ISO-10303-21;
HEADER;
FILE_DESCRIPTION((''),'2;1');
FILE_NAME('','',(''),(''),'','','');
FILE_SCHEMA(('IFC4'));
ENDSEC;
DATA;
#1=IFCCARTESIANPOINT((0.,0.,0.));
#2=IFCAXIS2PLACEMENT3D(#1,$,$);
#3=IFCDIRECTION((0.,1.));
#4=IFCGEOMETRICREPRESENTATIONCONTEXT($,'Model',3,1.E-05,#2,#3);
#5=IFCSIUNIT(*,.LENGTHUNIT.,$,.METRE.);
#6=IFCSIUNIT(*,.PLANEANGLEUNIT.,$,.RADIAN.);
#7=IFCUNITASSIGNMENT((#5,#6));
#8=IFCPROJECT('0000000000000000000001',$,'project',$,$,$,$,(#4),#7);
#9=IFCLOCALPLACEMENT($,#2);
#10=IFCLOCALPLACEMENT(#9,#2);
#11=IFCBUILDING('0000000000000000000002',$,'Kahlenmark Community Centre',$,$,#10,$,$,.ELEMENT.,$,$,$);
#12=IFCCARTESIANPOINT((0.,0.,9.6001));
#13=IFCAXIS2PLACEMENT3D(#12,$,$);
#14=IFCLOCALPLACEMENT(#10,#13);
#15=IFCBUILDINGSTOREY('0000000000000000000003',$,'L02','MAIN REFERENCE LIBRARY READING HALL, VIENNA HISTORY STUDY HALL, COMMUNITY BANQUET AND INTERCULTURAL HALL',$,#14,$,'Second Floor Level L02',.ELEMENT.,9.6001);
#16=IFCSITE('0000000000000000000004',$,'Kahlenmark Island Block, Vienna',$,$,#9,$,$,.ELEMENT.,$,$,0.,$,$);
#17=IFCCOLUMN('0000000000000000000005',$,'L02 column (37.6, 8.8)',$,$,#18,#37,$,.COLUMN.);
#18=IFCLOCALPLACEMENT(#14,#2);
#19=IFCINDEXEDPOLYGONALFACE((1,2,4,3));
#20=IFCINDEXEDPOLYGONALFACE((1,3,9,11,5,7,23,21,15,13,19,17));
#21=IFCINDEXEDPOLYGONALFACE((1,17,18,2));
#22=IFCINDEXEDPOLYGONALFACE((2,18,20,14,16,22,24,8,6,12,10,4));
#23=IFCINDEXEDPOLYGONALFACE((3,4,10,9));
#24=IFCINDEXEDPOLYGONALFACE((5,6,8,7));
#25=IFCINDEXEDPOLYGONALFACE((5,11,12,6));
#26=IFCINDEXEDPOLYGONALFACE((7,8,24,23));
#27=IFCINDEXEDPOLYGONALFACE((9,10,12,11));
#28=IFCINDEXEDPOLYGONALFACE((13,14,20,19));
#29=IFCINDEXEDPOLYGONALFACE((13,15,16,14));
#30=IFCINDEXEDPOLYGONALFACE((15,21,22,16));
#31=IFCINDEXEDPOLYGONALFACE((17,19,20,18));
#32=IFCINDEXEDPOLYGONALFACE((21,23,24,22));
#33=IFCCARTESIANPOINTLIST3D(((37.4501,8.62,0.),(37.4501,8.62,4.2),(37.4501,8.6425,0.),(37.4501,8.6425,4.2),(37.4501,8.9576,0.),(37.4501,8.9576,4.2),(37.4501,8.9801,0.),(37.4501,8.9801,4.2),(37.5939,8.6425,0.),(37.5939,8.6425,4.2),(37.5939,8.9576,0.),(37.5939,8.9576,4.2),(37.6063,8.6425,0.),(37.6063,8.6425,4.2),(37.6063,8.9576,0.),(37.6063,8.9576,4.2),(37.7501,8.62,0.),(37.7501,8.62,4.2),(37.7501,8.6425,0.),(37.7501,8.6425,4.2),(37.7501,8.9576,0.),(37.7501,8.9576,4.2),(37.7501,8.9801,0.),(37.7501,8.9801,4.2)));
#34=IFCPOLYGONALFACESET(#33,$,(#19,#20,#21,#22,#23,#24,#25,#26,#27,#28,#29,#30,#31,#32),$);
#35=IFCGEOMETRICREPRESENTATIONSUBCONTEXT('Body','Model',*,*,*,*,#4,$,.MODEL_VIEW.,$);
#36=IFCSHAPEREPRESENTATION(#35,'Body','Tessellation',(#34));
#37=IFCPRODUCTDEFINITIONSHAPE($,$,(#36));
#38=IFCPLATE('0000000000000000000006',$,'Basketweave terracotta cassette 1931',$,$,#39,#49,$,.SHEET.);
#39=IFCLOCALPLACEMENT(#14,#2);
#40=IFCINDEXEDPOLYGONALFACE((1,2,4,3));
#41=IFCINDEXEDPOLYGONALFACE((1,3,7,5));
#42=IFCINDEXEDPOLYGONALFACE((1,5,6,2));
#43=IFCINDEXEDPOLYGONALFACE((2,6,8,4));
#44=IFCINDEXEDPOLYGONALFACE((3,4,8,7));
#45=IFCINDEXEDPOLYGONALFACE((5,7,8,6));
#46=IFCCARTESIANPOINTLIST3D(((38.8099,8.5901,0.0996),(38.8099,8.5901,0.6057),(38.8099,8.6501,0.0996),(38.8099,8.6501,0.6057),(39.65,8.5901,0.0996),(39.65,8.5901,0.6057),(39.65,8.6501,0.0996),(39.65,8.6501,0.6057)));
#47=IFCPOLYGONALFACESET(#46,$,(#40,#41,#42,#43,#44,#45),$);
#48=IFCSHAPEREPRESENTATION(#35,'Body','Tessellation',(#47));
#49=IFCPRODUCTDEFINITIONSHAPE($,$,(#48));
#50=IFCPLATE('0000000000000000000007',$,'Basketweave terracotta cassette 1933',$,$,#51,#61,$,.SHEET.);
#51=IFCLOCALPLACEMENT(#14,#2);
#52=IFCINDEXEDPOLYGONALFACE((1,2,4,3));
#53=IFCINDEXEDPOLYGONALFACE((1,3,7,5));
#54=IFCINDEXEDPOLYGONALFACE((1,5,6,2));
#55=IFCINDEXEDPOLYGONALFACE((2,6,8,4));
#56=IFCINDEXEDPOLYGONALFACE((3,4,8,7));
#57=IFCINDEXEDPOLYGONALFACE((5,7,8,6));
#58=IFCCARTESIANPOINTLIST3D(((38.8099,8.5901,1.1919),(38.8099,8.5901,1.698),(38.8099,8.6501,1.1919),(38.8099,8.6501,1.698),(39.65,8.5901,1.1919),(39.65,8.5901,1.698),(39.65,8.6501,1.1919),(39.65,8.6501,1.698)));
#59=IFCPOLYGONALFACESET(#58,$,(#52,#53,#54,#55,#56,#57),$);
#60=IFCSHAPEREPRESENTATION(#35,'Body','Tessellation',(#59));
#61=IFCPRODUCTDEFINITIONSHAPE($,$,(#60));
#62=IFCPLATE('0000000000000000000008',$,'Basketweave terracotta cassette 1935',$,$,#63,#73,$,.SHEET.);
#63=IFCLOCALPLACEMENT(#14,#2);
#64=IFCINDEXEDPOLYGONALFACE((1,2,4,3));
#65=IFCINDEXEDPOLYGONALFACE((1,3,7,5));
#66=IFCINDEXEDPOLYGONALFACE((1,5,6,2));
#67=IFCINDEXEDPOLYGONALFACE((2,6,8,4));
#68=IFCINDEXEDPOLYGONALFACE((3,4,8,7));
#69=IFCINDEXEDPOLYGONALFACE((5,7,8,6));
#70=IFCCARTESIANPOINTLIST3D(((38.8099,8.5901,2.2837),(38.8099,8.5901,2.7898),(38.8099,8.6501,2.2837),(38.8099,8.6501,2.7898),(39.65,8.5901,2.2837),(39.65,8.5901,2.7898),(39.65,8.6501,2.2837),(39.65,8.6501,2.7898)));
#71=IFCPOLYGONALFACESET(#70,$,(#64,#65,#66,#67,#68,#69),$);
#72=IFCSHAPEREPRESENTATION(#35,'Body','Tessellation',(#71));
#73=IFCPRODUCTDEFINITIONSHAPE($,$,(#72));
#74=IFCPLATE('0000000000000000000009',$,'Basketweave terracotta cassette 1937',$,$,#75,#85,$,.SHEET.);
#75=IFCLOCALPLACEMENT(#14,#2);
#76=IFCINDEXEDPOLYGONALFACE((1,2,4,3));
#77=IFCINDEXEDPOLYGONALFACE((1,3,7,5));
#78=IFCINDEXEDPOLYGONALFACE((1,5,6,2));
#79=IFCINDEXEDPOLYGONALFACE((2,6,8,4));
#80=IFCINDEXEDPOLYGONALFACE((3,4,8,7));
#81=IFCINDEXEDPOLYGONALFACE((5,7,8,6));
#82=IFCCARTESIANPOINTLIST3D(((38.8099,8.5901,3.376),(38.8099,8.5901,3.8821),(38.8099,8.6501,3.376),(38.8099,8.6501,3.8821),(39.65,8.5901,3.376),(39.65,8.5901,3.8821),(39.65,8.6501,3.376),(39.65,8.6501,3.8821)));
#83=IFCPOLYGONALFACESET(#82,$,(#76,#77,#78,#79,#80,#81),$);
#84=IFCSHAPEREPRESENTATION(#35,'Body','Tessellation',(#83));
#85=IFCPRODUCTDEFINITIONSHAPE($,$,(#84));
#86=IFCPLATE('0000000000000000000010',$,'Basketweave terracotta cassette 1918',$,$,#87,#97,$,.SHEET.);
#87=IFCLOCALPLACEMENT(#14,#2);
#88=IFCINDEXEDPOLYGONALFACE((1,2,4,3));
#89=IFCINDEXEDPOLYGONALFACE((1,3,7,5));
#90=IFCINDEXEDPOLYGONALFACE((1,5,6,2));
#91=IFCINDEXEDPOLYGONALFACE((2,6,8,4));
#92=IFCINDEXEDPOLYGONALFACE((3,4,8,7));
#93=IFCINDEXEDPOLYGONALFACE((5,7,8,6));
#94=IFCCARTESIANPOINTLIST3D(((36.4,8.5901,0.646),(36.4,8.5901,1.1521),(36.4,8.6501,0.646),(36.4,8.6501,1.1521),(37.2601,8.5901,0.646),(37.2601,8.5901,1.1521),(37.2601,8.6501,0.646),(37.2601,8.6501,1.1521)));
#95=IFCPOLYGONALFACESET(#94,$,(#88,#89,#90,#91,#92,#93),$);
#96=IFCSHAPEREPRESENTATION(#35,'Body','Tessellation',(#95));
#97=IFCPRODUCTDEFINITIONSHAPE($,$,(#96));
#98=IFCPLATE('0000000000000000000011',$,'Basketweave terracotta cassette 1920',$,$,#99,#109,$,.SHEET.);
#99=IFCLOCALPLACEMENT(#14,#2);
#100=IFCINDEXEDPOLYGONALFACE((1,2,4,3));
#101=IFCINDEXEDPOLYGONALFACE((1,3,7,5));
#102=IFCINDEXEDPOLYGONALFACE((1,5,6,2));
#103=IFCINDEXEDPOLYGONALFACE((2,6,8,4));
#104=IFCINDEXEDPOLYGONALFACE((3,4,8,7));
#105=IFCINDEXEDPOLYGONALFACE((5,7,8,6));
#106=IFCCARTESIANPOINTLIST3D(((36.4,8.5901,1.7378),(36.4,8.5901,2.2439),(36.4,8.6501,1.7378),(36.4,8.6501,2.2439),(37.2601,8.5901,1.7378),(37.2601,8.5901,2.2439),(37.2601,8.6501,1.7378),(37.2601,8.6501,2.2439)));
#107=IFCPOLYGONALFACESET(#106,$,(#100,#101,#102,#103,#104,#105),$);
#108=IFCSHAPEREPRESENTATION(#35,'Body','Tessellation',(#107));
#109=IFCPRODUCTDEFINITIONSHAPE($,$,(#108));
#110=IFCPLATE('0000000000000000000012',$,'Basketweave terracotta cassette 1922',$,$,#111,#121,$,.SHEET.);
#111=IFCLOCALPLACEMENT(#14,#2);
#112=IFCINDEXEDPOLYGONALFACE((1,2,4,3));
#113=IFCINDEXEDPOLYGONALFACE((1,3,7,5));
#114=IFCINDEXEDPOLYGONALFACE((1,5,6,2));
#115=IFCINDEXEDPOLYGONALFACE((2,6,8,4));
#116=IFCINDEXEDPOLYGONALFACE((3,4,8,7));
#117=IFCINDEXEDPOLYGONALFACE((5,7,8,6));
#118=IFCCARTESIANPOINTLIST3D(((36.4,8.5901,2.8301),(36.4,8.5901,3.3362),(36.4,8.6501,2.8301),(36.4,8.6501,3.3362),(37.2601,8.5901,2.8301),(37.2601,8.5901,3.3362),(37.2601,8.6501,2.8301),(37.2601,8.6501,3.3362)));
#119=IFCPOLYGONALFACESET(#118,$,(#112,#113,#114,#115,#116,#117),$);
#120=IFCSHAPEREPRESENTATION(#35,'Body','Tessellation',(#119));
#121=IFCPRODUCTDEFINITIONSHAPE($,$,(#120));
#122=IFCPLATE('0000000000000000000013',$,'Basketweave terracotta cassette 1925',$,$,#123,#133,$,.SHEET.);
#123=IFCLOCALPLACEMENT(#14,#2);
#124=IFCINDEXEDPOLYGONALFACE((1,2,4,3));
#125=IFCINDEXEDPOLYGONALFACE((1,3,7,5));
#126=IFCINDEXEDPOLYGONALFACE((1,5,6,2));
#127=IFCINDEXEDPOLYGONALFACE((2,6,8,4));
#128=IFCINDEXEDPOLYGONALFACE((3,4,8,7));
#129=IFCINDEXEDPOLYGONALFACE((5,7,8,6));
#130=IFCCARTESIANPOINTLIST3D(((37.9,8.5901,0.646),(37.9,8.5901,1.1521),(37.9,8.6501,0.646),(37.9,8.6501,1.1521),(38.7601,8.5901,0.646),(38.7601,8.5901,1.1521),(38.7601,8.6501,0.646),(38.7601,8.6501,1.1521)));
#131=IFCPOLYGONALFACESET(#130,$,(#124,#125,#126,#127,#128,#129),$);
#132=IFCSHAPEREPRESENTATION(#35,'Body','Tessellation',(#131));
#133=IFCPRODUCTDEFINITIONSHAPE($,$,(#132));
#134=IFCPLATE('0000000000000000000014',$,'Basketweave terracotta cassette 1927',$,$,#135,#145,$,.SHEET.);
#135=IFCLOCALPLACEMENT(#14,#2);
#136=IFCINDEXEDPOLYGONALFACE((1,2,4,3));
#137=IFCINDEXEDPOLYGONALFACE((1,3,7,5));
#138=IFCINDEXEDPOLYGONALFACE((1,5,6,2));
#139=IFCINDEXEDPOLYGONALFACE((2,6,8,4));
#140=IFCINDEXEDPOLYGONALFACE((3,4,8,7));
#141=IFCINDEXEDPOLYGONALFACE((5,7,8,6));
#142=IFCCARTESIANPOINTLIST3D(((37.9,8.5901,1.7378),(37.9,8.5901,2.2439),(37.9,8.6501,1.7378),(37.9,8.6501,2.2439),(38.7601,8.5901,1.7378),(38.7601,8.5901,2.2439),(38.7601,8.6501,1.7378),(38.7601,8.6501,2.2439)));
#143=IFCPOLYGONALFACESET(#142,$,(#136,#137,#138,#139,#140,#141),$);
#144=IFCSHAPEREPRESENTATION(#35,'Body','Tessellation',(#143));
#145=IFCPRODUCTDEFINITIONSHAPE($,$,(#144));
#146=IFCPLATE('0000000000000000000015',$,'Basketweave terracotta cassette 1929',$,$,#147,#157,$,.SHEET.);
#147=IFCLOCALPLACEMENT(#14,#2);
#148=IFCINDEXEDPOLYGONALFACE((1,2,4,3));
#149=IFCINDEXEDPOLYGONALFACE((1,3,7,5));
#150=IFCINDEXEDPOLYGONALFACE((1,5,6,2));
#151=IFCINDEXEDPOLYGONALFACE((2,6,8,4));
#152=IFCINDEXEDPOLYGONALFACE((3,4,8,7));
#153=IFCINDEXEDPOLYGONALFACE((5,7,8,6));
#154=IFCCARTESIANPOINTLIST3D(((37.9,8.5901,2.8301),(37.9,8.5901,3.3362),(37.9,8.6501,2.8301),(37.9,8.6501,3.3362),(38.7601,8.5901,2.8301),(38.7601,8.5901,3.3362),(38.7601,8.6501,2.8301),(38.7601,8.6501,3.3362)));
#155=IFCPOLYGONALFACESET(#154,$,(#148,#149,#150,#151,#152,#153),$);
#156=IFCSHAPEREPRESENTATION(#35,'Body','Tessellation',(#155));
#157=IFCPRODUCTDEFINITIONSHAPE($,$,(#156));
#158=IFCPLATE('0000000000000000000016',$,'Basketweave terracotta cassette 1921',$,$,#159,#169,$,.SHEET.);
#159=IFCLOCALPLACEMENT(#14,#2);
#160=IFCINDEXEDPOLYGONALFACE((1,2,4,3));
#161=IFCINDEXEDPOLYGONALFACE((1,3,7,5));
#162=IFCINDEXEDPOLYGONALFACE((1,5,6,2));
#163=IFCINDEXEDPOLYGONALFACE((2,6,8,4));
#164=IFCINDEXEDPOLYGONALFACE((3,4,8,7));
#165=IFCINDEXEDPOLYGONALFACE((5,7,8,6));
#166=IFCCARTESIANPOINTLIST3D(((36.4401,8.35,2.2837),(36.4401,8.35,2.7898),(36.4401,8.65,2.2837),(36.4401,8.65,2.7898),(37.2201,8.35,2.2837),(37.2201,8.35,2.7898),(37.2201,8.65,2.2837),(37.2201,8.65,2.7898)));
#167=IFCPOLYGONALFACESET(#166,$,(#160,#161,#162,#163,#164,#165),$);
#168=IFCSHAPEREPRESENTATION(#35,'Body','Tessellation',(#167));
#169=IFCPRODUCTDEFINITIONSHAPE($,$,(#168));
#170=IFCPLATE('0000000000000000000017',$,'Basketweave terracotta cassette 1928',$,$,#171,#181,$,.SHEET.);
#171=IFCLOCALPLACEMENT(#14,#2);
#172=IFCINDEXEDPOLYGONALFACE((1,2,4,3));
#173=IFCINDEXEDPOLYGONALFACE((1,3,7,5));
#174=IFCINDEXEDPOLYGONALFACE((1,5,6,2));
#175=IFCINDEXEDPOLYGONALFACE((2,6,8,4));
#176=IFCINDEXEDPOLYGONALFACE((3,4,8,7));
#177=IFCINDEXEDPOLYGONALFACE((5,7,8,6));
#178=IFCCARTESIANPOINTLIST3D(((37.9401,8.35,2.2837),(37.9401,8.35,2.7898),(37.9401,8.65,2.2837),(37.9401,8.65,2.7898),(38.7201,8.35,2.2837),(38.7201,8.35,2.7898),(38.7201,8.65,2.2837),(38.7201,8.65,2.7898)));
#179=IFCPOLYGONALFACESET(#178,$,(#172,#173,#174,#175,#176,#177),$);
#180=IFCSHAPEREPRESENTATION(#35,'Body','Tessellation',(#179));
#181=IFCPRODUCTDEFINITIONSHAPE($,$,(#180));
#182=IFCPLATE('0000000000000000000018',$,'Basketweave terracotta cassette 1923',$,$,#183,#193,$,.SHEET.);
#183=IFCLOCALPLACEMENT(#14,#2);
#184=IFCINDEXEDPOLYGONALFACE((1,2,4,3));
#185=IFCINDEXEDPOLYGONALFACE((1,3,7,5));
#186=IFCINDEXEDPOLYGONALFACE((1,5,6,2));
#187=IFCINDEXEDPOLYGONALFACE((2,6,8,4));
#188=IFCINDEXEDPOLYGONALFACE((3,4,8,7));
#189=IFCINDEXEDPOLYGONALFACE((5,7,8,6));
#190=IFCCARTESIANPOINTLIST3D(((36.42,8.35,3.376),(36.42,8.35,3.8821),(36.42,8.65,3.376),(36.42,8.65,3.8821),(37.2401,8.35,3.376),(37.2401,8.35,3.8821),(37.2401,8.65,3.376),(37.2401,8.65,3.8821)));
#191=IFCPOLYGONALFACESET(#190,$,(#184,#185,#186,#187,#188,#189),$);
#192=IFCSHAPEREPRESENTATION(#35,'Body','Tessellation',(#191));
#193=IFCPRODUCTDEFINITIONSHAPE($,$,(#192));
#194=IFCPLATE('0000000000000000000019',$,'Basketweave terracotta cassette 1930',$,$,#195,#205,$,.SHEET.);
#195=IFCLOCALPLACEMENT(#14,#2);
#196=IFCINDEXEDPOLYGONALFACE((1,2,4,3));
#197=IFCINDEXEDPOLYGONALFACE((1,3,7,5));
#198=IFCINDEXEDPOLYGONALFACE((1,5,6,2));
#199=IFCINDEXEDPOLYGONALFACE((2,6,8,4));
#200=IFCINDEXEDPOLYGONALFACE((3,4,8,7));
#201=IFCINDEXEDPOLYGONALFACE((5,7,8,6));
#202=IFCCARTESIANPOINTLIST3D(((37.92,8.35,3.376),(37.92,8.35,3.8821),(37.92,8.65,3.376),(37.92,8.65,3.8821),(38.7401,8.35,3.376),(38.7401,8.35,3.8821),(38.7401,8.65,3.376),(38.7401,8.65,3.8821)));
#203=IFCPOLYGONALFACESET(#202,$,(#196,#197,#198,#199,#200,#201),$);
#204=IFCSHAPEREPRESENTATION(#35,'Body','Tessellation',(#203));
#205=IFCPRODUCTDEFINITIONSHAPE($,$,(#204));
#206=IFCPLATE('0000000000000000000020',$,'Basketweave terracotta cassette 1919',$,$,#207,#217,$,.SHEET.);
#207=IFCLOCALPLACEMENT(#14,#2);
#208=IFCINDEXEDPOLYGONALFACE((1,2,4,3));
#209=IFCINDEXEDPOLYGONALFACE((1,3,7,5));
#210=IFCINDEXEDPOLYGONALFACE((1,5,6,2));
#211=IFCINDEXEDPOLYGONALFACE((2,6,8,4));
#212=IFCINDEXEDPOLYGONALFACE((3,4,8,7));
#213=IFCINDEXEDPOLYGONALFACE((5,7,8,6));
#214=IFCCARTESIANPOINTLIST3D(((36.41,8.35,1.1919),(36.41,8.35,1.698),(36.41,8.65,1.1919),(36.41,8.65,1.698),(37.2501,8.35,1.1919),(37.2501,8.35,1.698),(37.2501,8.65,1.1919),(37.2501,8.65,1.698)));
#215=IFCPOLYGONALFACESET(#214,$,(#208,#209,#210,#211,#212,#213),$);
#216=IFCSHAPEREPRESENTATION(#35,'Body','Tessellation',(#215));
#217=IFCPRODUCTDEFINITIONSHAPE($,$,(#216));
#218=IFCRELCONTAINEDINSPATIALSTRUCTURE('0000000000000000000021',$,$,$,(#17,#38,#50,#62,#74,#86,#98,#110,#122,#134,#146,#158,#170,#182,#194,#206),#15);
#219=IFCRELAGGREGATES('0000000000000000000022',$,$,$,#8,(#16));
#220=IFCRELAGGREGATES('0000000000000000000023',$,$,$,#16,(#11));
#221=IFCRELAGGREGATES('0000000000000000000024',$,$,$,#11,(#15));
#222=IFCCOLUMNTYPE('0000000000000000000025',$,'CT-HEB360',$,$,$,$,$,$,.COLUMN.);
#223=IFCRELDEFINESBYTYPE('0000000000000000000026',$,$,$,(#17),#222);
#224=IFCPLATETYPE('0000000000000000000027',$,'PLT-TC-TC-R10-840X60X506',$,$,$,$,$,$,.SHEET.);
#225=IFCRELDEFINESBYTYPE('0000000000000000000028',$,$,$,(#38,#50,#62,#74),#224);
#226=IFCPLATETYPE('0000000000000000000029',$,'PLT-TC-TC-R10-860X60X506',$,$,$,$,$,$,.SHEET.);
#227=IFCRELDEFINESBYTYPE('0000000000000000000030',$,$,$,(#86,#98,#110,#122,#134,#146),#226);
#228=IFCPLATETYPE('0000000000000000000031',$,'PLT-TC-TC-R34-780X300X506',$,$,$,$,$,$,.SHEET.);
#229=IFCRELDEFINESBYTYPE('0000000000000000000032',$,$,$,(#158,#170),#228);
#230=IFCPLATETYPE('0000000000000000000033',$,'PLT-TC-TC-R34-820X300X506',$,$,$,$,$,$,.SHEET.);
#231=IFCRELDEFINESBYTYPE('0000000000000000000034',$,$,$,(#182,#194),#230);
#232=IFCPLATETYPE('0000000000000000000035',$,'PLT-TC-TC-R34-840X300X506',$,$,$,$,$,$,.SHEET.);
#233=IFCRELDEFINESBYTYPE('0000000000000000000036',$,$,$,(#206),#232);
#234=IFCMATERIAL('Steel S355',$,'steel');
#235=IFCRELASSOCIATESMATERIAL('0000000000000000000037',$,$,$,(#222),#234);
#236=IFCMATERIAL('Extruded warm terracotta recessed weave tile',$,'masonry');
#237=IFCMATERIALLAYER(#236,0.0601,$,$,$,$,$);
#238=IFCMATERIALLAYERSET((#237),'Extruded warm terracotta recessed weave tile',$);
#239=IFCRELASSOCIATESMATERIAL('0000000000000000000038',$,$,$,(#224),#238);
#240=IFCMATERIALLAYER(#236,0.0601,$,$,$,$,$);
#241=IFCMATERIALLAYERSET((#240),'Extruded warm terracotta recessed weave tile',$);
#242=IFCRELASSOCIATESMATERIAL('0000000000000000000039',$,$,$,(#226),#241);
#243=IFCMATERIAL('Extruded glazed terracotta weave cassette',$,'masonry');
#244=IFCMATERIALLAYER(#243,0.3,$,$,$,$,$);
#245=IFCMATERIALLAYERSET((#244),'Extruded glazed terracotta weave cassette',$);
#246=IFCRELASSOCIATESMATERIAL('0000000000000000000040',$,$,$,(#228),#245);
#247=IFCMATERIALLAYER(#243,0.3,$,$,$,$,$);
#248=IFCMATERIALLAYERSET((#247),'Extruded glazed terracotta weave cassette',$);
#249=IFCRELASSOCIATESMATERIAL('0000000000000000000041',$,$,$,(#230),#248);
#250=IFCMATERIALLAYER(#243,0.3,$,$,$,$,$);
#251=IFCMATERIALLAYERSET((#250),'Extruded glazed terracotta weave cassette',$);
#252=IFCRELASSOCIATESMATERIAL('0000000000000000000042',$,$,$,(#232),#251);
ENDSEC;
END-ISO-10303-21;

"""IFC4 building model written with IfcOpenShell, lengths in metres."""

from ifc_helpers import new_model, si_unit, direction, frame, origin, origin_2d, place, context, subcontext, project, spatial, rectangle, i_section, extrude, material, layer, layer_set, material_profile, profile_set, type_object, element, save


model = new_model("IFC4")

# Units and contexts
model_context = context("Model", 3, precision=1e-05, world=origin(), true_north=direction((0.0, 1.0)))
body_context = subcontext(model_context, "Body", "Model", "MODEL_VIEW")
ifc_project = project(units=[si_unit("LENGTHUNIT", "METRE"), si_unit("PLANEANGLEUNIT", "RADIAN")], contexts=[model_context])

# Site, building, storey
site_placement = place(None, origin())
site = spatial("IfcSite", under=ifc_project, at=site_placement, Name="Kahlenmark Island Block, Vienna", CompositionType="ELEMENT", RefElevation=0.0)
building_placement = place(site_placement, origin())
building = spatial("IfcBuilding", under=site, at=building_placement, Name="Kahlenmark Community Centre", CompositionType="ELEMENT")
storey_placement = place(building_placement, frame((0.0, 0.0, 9.6001)))
storey = spatial("IfcBuildingStorey", under=building, at=storey_placement, Name="L02", Description="MAIN REFERENCE LIBRARY READING HALL, VIENNA HISTORY STUDY HALL, COMMUNITY BANQUET AND INTERCULTURAL HALL", LongName="Second Floor Level L02", CompositionType="ELEMENT", Elevation=9.6001)

# Column
ifc_material_1 = material(Name="Steel S355", Category="steel")
ifc_material_profile = material_profile(ifc_material_1, i_section(OverallWidth=0.3, OverallDepth=0.3601, WebThickness=0.0125, FlangeThickness=0.0225, at=origin_2d()), Name="HEB 360")
ifc_profile_set = profile_set([ifc_material_profile], Name="Steel S355")
column_type = type_object("IfcColumnType", Name="CT-HEB360", PredefinedType="COLUMN", material=ifc_profile_set)
column_placement = place(storey_placement, frame((37.6001, 8.8, 0.0), z_axis=(0.0, 0.0, 1.0), x_axis=(1.0, 0.0, 0.0)))
element("IfcColumn", 1, at=column_placement, inside=storey, type_object=column_type, Name="L02 column (37.6, 8.8)", PredefinedType="COLUMN", context=body_context, shape_type="SweptSolid", body=[
    extrude(i_section(OverallWidth=0.3, OverallDepth=0.3601, WebThickness=0.0125, FlangeThickness=0.0225, at=origin_2d()), origin(), (0.0, 0.0, 1.0), 4.2),
])

# Plates
ifc_material_2 = material(Name="Extruded warm terracotta recessed weave tile", Category="masonry")
ifc_layer_1 = layer(ifc_material_2, 0.0601)
ifc_layer_set_1 = layer_set([ifc_layer_1], Name="Extruded warm terracotta recessed weave tile")
plate_type_1 = type_object("IfcPlateType", Name="PLT-TC-TC-R10-840X60X506", PredefinedType="SHEET", material=ifc_layer_set_1)
for number, where, z_axis, x_axis, name in (
    (2, (39.23, 8.6201, 0.0996), (0.0, 0.0, 1.0), (1.0, 0.0, 0.0), "Basketweave terracotta cassette 1931"),
    (3, (39.23, 8.6201, 1.1919), (0.0, 0.0, 1.0), (1.0, 0.0, 0.0), "Basketweave terracotta cassette 1933"),
    (4, (39.23, 8.6201, 2.2837), (0.0, 0.0, 1.0), (1.0, 0.0, 0.0), "Basketweave terracotta cassette 1935"),
    (5, (39.23, 8.6201, 3.376), (0.0, 0.0, 1.0), (1.0, 0.0, 0.0), "Basketweave terracotta cassette 1937"),
):
    element("IfcPlate", number, at=place(storey_placement, frame(where, z_axis=z_axis, x_axis=x_axis)), inside=storey, type_object=plate_type_1, Name=name, PredefinedType="SHEET", context=body_context, shape_type="SweptSolid", body=[
        extrude(rectangle(XDim=0.8401, YDim=0.0601, at=origin_2d()), origin(), (0.0, 0.0, 1.0), 0.5061),
    ])
ifc_layer_2 = layer(ifc_material_2, 0.0601)
ifc_layer_set_2 = layer_set([ifc_layer_2], Name="Extruded warm terracotta recessed weave tile")
plate_type_2 = type_object("IfcPlateType", Name="PLT-TC-TC-R10-860X60X506", PredefinedType="SHEET", material=ifc_layer_set_2)
for number, where, z_axis, x_axis, name in (
    (6, (36.8301, 8.6201, 0.646), (0.0, 0.0, 1.0), (1.0, 0.0, 0.0), "Basketweave terracotta cassette 1918"),
    (7, (36.8301, 8.6201, 1.7378), (0.0, 0.0, 1.0), (1.0, 0.0, 0.0), "Basketweave terracotta cassette 1920"),
    (8, (36.8301, 8.6201, 2.8301), (0.0, 0.0, 1.0), (1.0, 0.0, 0.0), "Basketweave terracotta cassette 1922"),
    (9, (38.3301, 8.6201, 0.646), (0.0, 0.0, 1.0), (1.0, 0.0, 0.0), "Basketweave terracotta cassette 1925"),
    (10, (38.3301, 8.6201, 1.7378), (0.0, 0.0, 1.0), (1.0, 0.0, 0.0), "Basketweave terracotta cassette 1927"),
    (11, (38.3301, 8.6201, 2.8301), (0.0, 0.0, 1.0), (1.0, 0.0, 0.0), "Basketweave terracotta cassette 1929"),
):
    element("IfcPlate", number, at=place(storey_placement, frame(where, z_axis=z_axis, x_axis=x_axis)), inside=storey, type_object=plate_type_2, Name=name, PredefinedType="SHEET", context=body_context, shape_type="SweptSolid", body=[
        extrude(rectangle(XDim=0.8601, YDim=0.0601, at=origin_2d()), origin(), (0.0, 0.0, 1.0), 0.5061),
    ])
ifc_material_3 = material(Name="Extruded glazed terracotta weave cassette", Category="masonry")
ifc_layer_3 = layer(ifc_material_3, 0.3)
ifc_layer_set_3 = layer_set([ifc_layer_3], Name="Extruded glazed terracotta weave cassette")
plate_type_3 = type_object("IfcPlateType", Name="PLT-TC-TC-R34-780X300X506", PredefinedType="SHEET", material=ifc_layer_set_3)
for number, where, z_axis, x_axis, name in (
    (12, (36.8301, 8.5, 2.2837), (0.0, 0.0, 1.0), (1.0, 0.0, 0.0), "Basketweave terracotta cassette 1921"),
    (13, (38.3301, 8.5, 2.2837), (0.0, 0.0, 1.0), (1.0, 0.0, 0.0), "Basketweave terracotta cassette 1928"),
):
    element("IfcPlate", number, at=place(storey_placement, frame(where, z_axis=z_axis, x_axis=x_axis)), inside=storey, type_object=plate_type_3, Name=name, PredefinedType="SHEET", context=body_context, shape_type="SweptSolid", body=[
        extrude(rectangle(XDim=0.78, YDim=0.3, at=origin_2d()), origin(), (0.0, 0.0, 1.0), 0.5061),
    ])
ifc_layer_4 = layer(ifc_material_3, 0.3)
ifc_layer_set_4 = layer_set([ifc_layer_4], Name="Extruded glazed terracotta weave cassette")
plate_type_4 = type_object("IfcPlateType", Name="PLT-TC-TC-R34-820X300X506", PredefinedType="SHEET", material=ifc_layer_set_4)
for number, where, z_axis, x_axis, name in (
    (14, (36.8301, 8.5, 3.376), (0.0, 0.0, 1.0), (1.0, 0.0, 0.0), "Basketweave terracotta cassette 1923"),
    (15, (38.3301, 8.5, 3.376), (0.0, 0.0, 1.0), (1.0, 0.0, 0.0), "Basketweave terracotta cassette 1930"),
):
    element("IfcPlate", number, at=place(storey_placement, frame(where, z_axis=z_axis, x_axis=x_axis)), inside=storey, type_object=plate_type_4, Name=name, PredefinedType="SHEET", context=body_context, shape_type="SweptSolid", body=[
        extrude(rectangle(XDim=0.8201, YDim=0.3, at=origin_2d()), origin(), (0.0, 0.0, 1.0), 0.5061),
    ])
ifc_layer_5 = layer(ifc_material_3, 0.3)
ifc_layer_set_5 = layer_set([ifc_layer_5], Name="Extruded glazed terracotta weave cassette")
plate_type_5 = type_object("IfcPlateType", Name="PLT-TC-TC-R34-840X300X506", PredefinedType="SHEET", material=ifc_layer_set_5)
for number, where, z_axis, x_axis, name in (
    (16, (36.8301, 8.5, 1.1919), (0.0, 0.0, 1.0), (1.0, 0.0, 0.0), "Basketweave terracotta cassette 1919"),
):
    element("IfcPlate", number, at=place(storey_placement, frame(where, z_axis=z_axis, x_axis=x_axis)), inside=storey, type_object=plate_type_5, Name=name, PredefinedType="SHEET", context=body_context, shape_type="SweptSolid", body=[
        extrude(rectangle(XDim=0.8401, YDim=0.3, at=origin_2d()), origin(), (0.0, 0.0, 1.0), 0.5061),
    ])

save(model, "model.ifc")
